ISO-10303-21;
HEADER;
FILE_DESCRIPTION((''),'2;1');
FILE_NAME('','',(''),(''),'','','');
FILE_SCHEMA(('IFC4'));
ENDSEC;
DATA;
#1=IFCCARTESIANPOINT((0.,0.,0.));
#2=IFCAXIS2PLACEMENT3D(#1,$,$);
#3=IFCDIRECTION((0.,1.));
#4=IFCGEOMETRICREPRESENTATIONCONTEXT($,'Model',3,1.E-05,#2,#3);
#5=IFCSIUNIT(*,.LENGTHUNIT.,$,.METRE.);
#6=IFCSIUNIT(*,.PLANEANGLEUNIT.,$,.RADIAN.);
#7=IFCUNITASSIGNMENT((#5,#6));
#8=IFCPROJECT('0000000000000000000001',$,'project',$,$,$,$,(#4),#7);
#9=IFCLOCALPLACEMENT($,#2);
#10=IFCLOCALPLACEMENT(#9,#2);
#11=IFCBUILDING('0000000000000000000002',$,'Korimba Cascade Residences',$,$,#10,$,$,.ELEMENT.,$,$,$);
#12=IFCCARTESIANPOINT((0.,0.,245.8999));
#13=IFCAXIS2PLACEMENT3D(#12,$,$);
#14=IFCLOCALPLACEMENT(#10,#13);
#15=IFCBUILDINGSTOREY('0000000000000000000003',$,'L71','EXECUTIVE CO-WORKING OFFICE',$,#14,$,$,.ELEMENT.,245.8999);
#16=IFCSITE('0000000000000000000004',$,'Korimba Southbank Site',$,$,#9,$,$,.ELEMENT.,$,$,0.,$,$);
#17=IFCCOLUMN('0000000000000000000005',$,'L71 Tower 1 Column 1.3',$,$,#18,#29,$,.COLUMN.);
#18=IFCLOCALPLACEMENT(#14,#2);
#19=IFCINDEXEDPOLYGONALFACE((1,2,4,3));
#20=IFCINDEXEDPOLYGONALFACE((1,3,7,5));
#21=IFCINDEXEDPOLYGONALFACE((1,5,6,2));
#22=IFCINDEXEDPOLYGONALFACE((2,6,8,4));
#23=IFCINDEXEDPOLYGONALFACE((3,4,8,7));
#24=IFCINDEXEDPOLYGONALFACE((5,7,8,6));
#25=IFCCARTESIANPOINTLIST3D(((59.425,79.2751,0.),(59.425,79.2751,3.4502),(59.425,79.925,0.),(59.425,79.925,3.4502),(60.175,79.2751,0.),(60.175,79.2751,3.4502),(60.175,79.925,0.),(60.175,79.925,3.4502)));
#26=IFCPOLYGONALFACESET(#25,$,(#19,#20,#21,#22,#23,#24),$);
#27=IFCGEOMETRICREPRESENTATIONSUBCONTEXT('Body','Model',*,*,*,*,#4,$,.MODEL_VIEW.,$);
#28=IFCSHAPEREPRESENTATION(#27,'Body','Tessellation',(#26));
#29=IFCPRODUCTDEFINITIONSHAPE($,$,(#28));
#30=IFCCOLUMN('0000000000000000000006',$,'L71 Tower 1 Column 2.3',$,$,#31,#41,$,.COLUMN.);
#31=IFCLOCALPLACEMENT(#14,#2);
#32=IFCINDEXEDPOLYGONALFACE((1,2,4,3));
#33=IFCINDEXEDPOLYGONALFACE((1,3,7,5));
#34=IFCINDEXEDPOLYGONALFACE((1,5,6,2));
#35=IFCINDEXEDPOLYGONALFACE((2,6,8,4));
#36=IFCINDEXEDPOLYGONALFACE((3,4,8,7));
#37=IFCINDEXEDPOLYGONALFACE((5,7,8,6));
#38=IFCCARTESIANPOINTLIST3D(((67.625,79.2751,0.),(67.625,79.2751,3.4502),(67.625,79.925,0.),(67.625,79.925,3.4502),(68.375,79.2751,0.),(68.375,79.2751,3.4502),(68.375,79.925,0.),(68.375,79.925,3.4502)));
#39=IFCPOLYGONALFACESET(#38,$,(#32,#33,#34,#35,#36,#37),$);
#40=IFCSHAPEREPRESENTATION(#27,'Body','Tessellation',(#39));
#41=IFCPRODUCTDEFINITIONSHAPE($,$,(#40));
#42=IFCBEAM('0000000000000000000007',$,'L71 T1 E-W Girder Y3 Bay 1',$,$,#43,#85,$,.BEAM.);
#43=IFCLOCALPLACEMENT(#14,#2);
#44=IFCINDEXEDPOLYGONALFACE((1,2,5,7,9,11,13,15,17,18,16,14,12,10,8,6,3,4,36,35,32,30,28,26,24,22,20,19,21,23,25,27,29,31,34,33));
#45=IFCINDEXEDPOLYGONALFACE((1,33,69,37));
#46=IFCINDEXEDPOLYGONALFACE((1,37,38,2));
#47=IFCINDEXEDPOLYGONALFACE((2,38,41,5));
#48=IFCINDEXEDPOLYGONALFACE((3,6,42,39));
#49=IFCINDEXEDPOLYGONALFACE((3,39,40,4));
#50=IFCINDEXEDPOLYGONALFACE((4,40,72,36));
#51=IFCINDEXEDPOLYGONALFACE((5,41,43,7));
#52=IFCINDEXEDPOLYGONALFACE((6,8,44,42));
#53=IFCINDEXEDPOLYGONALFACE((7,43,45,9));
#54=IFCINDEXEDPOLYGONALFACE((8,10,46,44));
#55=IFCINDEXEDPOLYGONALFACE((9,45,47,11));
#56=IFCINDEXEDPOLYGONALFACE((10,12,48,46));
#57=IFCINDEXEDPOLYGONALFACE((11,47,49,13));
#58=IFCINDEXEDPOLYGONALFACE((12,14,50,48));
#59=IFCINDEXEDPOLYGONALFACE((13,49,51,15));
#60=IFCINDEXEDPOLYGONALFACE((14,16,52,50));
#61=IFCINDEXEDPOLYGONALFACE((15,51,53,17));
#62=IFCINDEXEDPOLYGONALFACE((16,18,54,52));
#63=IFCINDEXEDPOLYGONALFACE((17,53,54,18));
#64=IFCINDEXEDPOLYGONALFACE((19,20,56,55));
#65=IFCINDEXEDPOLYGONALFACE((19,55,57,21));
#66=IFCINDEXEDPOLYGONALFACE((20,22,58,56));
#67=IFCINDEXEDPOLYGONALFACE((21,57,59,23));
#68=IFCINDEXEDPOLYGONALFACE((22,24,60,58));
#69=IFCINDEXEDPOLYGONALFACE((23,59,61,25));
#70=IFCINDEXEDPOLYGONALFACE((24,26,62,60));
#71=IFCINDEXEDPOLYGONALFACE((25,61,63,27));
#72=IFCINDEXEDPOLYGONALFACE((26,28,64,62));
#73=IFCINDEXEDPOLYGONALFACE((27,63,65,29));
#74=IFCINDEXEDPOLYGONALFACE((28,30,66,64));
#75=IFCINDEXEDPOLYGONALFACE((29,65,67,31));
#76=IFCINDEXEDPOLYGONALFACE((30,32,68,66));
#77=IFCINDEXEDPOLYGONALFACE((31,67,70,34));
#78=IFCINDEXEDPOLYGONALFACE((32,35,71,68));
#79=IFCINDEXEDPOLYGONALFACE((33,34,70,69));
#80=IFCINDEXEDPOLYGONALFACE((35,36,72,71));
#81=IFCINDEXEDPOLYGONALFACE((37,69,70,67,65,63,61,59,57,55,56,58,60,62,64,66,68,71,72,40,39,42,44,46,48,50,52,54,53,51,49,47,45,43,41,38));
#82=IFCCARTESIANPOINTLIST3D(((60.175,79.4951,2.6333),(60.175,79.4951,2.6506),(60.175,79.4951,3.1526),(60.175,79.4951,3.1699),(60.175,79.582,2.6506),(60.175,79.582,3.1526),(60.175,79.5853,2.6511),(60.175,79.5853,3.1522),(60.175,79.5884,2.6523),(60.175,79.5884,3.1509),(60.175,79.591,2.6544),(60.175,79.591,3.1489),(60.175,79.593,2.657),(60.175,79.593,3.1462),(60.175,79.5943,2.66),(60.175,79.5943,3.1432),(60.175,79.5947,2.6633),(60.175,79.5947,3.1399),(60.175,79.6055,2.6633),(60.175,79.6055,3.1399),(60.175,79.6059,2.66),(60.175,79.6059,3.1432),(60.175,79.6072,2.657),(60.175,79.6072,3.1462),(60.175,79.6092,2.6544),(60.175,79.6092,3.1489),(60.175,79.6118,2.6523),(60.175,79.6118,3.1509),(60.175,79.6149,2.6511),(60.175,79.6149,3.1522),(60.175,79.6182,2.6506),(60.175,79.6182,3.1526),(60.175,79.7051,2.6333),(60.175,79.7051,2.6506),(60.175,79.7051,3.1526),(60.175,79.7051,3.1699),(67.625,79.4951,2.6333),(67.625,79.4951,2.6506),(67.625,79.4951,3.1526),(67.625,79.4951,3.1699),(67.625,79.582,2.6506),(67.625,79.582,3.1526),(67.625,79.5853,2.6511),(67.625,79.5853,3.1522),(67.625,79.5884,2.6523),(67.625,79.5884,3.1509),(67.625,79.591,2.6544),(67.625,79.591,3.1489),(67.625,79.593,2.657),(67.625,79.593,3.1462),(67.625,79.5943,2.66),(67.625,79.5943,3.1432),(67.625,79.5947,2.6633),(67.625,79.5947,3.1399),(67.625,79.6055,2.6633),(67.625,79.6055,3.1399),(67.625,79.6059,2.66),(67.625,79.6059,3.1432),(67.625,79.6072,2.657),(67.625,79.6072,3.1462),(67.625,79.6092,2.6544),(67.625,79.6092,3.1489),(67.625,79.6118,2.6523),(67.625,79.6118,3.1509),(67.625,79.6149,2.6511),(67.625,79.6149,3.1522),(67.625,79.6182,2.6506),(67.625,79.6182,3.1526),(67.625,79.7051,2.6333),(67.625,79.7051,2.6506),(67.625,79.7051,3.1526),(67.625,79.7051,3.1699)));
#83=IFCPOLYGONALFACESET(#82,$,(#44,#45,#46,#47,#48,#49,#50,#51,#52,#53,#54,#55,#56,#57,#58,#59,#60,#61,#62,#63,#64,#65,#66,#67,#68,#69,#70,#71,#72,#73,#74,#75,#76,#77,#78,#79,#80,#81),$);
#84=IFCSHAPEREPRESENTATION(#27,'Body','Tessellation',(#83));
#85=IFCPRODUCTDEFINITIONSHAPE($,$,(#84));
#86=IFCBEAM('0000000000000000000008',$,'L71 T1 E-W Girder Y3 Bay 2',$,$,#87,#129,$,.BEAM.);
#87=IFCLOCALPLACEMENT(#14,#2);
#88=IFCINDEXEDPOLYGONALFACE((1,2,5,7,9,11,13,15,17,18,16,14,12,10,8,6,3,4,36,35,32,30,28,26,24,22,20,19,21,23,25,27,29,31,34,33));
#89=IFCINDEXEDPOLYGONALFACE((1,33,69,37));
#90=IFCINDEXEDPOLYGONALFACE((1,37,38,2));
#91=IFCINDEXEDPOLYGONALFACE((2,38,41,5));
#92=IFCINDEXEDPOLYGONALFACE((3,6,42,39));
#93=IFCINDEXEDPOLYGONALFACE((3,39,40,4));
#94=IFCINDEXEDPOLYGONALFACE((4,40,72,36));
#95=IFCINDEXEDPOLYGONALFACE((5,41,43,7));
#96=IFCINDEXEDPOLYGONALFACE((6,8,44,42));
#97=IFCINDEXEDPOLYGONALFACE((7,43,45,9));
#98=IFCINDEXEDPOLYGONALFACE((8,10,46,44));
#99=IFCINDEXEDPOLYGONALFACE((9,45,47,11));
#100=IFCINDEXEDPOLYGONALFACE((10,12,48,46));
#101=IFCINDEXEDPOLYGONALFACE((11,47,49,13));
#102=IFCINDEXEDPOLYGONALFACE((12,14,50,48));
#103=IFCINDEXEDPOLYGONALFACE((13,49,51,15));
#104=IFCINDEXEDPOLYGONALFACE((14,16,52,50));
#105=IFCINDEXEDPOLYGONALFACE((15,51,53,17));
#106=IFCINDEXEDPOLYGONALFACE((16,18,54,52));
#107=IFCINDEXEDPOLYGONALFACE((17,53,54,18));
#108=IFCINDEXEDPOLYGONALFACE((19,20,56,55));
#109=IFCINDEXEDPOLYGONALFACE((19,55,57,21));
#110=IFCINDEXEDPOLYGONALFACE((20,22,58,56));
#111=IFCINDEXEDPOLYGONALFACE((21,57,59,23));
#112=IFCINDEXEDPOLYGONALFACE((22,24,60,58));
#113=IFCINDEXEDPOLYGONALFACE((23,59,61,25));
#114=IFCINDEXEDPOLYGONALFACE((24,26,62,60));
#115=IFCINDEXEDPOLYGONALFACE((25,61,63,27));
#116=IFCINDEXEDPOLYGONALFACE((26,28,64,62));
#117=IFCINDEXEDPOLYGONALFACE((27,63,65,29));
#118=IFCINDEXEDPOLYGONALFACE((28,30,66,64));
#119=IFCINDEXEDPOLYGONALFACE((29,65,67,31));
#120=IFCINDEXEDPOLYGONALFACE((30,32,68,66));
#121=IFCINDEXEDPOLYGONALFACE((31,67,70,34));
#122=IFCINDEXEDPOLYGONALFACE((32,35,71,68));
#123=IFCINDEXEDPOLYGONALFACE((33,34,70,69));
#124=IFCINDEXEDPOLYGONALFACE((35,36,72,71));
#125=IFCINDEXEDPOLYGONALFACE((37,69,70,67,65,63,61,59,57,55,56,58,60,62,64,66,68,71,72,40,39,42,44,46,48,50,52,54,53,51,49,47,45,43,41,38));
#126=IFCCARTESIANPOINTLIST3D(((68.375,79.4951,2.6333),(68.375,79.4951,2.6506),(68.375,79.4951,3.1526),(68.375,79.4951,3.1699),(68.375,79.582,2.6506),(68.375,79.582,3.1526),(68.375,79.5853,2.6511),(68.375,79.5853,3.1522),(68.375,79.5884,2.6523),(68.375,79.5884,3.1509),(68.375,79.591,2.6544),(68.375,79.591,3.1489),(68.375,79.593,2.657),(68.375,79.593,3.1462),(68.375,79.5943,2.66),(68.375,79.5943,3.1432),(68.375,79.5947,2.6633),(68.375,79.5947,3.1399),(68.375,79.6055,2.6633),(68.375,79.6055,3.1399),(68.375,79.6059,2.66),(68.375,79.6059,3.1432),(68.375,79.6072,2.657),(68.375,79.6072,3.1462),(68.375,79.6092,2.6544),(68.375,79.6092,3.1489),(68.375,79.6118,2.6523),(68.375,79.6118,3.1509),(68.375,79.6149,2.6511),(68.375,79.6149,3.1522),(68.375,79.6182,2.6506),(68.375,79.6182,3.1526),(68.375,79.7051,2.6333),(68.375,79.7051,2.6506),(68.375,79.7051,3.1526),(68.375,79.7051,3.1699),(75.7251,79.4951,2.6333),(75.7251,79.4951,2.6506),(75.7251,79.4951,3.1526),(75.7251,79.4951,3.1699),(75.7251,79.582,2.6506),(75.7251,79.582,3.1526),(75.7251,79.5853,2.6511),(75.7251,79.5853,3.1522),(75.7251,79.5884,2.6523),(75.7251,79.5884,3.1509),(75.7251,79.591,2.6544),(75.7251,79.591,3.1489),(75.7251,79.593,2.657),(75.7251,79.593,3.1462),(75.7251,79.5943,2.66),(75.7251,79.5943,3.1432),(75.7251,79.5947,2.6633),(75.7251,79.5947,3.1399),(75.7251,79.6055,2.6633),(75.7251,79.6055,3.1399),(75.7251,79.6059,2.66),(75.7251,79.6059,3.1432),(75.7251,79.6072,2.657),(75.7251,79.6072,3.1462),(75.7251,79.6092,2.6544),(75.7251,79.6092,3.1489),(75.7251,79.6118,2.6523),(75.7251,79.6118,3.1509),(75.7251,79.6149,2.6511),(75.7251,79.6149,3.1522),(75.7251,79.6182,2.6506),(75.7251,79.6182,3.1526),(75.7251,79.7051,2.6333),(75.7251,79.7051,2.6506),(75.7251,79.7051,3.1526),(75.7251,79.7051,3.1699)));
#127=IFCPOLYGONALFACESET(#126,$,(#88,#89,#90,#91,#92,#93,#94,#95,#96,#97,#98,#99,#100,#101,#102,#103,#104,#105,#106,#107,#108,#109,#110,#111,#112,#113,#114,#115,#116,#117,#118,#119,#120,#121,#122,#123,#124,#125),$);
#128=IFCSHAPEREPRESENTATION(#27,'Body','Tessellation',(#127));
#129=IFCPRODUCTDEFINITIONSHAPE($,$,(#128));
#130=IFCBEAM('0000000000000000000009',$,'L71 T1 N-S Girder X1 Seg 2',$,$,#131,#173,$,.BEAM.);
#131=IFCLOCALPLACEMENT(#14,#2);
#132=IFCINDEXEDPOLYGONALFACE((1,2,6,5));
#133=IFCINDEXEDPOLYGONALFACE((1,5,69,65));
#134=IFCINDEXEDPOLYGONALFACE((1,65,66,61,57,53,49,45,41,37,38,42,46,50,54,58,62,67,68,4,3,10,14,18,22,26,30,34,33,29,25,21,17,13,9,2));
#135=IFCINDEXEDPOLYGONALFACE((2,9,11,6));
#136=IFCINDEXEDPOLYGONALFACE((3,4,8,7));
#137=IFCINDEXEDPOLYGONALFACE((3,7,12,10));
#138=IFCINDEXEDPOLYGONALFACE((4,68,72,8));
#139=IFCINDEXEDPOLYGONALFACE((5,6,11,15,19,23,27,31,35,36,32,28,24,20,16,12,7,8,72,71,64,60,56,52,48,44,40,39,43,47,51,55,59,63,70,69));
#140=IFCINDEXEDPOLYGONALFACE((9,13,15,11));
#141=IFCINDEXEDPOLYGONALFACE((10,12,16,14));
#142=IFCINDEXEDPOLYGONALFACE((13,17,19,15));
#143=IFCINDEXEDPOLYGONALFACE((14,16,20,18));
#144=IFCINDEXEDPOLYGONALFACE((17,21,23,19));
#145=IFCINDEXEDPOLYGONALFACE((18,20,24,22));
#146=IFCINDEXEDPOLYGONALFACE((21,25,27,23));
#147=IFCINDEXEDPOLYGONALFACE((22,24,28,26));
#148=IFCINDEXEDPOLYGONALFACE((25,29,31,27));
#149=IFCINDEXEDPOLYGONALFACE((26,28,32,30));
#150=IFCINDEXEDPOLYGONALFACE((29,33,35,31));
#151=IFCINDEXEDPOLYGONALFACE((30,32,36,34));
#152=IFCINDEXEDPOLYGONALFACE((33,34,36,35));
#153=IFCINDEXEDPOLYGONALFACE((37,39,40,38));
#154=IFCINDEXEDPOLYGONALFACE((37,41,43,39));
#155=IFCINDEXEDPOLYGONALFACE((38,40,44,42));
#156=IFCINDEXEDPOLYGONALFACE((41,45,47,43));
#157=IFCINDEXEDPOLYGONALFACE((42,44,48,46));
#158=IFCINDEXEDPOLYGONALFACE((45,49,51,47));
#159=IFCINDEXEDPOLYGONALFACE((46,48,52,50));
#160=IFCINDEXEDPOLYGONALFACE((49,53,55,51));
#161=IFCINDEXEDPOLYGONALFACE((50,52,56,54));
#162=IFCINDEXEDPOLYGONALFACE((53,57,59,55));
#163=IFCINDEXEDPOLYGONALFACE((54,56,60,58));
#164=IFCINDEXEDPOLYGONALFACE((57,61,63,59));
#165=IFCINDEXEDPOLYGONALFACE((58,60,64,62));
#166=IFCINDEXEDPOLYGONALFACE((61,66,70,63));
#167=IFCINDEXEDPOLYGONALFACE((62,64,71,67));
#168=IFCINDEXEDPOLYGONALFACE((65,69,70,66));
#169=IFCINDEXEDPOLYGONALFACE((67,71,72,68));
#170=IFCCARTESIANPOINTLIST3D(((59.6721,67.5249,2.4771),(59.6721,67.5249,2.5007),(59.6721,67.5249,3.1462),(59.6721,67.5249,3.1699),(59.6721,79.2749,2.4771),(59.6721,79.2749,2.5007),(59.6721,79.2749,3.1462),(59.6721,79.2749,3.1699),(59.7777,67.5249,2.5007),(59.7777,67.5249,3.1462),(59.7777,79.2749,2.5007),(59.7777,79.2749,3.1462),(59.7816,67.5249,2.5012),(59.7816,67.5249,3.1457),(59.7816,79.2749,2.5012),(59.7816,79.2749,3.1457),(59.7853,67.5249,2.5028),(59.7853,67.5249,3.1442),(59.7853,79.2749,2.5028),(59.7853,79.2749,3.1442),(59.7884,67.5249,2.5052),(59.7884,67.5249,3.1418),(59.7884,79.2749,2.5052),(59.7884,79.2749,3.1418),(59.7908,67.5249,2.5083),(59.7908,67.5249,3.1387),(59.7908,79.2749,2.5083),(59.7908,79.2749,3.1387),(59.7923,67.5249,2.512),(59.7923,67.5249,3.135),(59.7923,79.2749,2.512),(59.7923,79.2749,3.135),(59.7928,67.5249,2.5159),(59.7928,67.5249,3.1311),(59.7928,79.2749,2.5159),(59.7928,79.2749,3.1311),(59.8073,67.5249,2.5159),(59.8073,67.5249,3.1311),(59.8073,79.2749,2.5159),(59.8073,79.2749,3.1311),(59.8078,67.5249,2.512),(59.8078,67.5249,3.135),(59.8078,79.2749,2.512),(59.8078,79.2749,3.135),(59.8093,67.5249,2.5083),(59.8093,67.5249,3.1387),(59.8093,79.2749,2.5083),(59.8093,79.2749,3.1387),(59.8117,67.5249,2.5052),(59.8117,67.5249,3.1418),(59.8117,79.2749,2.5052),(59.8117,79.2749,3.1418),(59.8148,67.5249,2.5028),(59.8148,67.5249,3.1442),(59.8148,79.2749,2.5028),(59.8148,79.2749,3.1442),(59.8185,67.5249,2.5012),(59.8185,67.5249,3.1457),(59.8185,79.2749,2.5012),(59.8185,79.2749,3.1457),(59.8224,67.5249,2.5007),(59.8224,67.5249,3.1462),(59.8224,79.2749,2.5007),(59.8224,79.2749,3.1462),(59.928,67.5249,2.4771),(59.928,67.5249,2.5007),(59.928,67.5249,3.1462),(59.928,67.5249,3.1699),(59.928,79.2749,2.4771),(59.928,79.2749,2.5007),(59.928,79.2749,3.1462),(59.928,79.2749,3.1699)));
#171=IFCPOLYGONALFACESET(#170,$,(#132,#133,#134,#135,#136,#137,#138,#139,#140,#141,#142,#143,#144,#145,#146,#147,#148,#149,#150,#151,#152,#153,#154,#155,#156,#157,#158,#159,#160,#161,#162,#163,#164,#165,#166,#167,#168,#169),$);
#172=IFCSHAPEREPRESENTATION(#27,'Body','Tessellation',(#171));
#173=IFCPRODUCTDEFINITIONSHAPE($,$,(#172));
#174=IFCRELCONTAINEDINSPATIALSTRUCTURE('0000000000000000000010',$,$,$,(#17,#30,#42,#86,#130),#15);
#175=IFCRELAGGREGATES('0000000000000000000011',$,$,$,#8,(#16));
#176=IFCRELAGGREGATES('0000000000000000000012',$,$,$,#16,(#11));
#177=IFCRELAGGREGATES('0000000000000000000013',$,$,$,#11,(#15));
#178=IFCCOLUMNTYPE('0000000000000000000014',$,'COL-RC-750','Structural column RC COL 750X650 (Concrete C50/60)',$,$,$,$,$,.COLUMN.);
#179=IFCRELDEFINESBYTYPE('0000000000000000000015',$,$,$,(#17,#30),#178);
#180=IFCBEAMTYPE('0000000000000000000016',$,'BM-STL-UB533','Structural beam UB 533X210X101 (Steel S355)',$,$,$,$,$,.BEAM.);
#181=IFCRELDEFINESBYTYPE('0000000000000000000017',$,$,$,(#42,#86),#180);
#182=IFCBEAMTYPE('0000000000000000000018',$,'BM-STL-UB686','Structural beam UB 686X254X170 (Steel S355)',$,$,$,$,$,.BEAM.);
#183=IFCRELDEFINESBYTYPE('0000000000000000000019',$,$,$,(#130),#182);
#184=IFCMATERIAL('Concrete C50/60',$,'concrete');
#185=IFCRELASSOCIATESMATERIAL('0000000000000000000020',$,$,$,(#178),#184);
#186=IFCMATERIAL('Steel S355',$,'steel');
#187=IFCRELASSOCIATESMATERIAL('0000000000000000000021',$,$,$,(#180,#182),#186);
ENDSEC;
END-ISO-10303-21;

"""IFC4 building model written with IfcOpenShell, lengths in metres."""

from ifc_helpers import new_model, si_unit, direction, frame, origin, origin_2d, place, context, subcontext, project, spatial, rectangle, i_section, extrude, material, material_profile, profile_set, type_object, element, save


model = new_model("IFC4")

# Units and contexts
model_context = context("Model", 3, precision=1e-05, world=origin(), true_north=direction((0.0, 1.0)))
body_context = subcontext(model_context, "Body", "Model", "MODEL_VIEW")
ifc_project = project(units=[si_unit("LENGTHUNIT", "METRE"), si_unit("PLANEANGLEUNIT", "RADIAN")], contexts=[model_context])

# Site, building, storey
site_placement = place(None, origin())
site = spatial("IfcSite", under=ifc_project, at=site_placement, Name="Korimba Southbank Site", CompositionType="ELEMENT", RefElevation=0.0)
building_placement = place(site_placement, origin())
building = spatial("IfcBuilding", under=site, at=building_placement, Name="Korimba Cascade Residences", CompositionType="ELEMENT")
storey_placement = place(building_placement, frame((0.0, 0.0, 245.8999)))
storey = spatial("IfcBuildingStorey", under=building, at=storey_placement, Name="L71", Description="EXECUTIVE CO-WORKING OFFICE", CompositionType="ELEMENT", Elevation=245.8999)

# Columns
ifc_material_1 = material(Name="Concrete C50/60", Category="concrete")
ifc_material_profile_1 = material_profile(ifc_material_1, rectangle(XDim=0.75, YDim=0.6499, at=origin_2d()), Name="Concrete C50/60")
ifc_profile_set_1 = profile_set([ifc_material_profile_1], Name="Concrete C50/60")
column_type = type_object("IfcColumnType", Name="COL-RC-750", Description="Structural column RC COL 750X650 (Concrete C50/60)", PredefinedType="COLUMN", material=ifc_profile_set_1)
for number, where, z_axis, x_axis, name in (
    (1, (59.8, 79.6001, 0.0), (0.0, 0.0, 1.0), (1.0, 0.0, 0.0), "L71 Tower 1 Column 1.3"),
    (2, (68.0, 79.6001, 0.0), (0.0, 0.0, 1.0), (1.0, 0.0, 0.0), "L71 Tower 1 Column 2.3"),
):
    element("IfcColumn", number, at=place(storey_placement, frame(where, z_axis=z_axis, x_axis=x_axis)), inside=storey, type_object=column_type, Name=name, PredefinedType="COLUMN", context=body_context, shape_type="SweptSolid", body=[
        extrude(rectangle(XDim=0.75, YDim=0.6499, at=origin_2d()), origin(), (0.0, 0.0, 1.0), 3.4502),
    ])

# Beams
ifc_material_2 = material(Name="Steel S355", Category="steel")
ifc_material_profile_2 = material_profile(ifc_material_2, i_section(OverallWidth=0.21, OverallDepth=0.5366, WebThickness=0.0107, FlangeThickness=0.0173, FilletRadius=0.0127, at=origin_2d()), Name="Steel S355")
ifc_profile_set_2 = profile_set([ifc_material_profile_2], Name="Steel S355")
beam_type_1 = type_object("IfcBeamType", Name="BM-STL-UB533", Description="Structural beam UB 533X210X101 (Steel S355)", PredefinedType="BEAM", material=ifc_profile_set_2)
beam_1_placement = place(storey_placement, frame((60.175, 79.6001, 2.9016), z_axis=(1.0, 0.0, 0.0), x_axis=(0.0, 1.0, 0.0)))
element("IfcBeam", 3, at=beam_1_placement, inside=storey, type_object=beam_type_1, Name="L71 T1 E-W Girder Y3 Bay 1", PredefinedType="BEAM", context=body_context, shape_type="SweptSolid", body=[
    extrude(i_section(OverallWidth=0.21, OverallDepth=0.5366, WebThickness=0.0107, FlangeThickness=0.0173, FilletRadius=0.0127, at=origin_2d()), origin(), (0.0, 0.0, 1.0), 7.45),
])
beam_2_placement = place(storey_placement, frame((68.375, 79.6001, 2.9016), z_axis=(1.0, 0.0, 0.0), x_axis=(0.0, 1.0, 0.0)))
element("IfcBeam", 4, at=beam_2_placement, inside=storey, type_object=beam_type_1, Name="L71 T1 E-W Girder Y3 Bay 2", PredefinedType="BEAM", context=body_context, shape_type="SweptSolid", body=[
    extrude(i_section(OverallWidth=0.21, OverallDepth=0.5366, WebThickness=0.0107, FlangeThickness=0.0173, FilletRadius=0.0127, at=origin_2d()), origin(), (0.0, 0.0, 1.0), 7.3501),
])
ifc_material_profile_3 = material_profile(ifc_material_2, i_section(OverallWidth=0.2559, OverallDepth=0.6929, WebThickness=0.0144, FlangeThickness=0.0237, FilletRadius=0.0151, at=origin_2d()), Name="Steel S355")
ifc_profile_set_3 = profile_set([ifc_material_profile_3], Name="Steel S355")
beam_type_2 = type_object("IfcBeamType", Name="BM-STL-UB686", Description="Structural beam UB 686X254X170 (Steel S355)", PredefinedType="BEAM", material=ifc_profile_set_3)
beam_3_placement = place(storey_placement, frame((59.8, 67.5249, 2.8235), z_axis=(0.0, 1.0, 0.0), x_axis=(-1.0, 0.0, 0.0)))
element("IfcBeam", 5, at=beam_3_placement, inside=storey, type_object=beam_type_2, Name="L71 T1 N-S Girder X1 Seg 2", PredefinedType="BEAM", context=body_context, shape_type="SweptSolid", body=[
    extrude(i_section(OverallWidth=0.2559, OverallDepth=0.6929, WebThickness=0.0144, FlangeThickness=0.0237, FilletRadius=0.0151, at=origin_2d()), origin(), (0.0, 0.0, 1.0), 11.75),
])

save(model, "model.ifc")
